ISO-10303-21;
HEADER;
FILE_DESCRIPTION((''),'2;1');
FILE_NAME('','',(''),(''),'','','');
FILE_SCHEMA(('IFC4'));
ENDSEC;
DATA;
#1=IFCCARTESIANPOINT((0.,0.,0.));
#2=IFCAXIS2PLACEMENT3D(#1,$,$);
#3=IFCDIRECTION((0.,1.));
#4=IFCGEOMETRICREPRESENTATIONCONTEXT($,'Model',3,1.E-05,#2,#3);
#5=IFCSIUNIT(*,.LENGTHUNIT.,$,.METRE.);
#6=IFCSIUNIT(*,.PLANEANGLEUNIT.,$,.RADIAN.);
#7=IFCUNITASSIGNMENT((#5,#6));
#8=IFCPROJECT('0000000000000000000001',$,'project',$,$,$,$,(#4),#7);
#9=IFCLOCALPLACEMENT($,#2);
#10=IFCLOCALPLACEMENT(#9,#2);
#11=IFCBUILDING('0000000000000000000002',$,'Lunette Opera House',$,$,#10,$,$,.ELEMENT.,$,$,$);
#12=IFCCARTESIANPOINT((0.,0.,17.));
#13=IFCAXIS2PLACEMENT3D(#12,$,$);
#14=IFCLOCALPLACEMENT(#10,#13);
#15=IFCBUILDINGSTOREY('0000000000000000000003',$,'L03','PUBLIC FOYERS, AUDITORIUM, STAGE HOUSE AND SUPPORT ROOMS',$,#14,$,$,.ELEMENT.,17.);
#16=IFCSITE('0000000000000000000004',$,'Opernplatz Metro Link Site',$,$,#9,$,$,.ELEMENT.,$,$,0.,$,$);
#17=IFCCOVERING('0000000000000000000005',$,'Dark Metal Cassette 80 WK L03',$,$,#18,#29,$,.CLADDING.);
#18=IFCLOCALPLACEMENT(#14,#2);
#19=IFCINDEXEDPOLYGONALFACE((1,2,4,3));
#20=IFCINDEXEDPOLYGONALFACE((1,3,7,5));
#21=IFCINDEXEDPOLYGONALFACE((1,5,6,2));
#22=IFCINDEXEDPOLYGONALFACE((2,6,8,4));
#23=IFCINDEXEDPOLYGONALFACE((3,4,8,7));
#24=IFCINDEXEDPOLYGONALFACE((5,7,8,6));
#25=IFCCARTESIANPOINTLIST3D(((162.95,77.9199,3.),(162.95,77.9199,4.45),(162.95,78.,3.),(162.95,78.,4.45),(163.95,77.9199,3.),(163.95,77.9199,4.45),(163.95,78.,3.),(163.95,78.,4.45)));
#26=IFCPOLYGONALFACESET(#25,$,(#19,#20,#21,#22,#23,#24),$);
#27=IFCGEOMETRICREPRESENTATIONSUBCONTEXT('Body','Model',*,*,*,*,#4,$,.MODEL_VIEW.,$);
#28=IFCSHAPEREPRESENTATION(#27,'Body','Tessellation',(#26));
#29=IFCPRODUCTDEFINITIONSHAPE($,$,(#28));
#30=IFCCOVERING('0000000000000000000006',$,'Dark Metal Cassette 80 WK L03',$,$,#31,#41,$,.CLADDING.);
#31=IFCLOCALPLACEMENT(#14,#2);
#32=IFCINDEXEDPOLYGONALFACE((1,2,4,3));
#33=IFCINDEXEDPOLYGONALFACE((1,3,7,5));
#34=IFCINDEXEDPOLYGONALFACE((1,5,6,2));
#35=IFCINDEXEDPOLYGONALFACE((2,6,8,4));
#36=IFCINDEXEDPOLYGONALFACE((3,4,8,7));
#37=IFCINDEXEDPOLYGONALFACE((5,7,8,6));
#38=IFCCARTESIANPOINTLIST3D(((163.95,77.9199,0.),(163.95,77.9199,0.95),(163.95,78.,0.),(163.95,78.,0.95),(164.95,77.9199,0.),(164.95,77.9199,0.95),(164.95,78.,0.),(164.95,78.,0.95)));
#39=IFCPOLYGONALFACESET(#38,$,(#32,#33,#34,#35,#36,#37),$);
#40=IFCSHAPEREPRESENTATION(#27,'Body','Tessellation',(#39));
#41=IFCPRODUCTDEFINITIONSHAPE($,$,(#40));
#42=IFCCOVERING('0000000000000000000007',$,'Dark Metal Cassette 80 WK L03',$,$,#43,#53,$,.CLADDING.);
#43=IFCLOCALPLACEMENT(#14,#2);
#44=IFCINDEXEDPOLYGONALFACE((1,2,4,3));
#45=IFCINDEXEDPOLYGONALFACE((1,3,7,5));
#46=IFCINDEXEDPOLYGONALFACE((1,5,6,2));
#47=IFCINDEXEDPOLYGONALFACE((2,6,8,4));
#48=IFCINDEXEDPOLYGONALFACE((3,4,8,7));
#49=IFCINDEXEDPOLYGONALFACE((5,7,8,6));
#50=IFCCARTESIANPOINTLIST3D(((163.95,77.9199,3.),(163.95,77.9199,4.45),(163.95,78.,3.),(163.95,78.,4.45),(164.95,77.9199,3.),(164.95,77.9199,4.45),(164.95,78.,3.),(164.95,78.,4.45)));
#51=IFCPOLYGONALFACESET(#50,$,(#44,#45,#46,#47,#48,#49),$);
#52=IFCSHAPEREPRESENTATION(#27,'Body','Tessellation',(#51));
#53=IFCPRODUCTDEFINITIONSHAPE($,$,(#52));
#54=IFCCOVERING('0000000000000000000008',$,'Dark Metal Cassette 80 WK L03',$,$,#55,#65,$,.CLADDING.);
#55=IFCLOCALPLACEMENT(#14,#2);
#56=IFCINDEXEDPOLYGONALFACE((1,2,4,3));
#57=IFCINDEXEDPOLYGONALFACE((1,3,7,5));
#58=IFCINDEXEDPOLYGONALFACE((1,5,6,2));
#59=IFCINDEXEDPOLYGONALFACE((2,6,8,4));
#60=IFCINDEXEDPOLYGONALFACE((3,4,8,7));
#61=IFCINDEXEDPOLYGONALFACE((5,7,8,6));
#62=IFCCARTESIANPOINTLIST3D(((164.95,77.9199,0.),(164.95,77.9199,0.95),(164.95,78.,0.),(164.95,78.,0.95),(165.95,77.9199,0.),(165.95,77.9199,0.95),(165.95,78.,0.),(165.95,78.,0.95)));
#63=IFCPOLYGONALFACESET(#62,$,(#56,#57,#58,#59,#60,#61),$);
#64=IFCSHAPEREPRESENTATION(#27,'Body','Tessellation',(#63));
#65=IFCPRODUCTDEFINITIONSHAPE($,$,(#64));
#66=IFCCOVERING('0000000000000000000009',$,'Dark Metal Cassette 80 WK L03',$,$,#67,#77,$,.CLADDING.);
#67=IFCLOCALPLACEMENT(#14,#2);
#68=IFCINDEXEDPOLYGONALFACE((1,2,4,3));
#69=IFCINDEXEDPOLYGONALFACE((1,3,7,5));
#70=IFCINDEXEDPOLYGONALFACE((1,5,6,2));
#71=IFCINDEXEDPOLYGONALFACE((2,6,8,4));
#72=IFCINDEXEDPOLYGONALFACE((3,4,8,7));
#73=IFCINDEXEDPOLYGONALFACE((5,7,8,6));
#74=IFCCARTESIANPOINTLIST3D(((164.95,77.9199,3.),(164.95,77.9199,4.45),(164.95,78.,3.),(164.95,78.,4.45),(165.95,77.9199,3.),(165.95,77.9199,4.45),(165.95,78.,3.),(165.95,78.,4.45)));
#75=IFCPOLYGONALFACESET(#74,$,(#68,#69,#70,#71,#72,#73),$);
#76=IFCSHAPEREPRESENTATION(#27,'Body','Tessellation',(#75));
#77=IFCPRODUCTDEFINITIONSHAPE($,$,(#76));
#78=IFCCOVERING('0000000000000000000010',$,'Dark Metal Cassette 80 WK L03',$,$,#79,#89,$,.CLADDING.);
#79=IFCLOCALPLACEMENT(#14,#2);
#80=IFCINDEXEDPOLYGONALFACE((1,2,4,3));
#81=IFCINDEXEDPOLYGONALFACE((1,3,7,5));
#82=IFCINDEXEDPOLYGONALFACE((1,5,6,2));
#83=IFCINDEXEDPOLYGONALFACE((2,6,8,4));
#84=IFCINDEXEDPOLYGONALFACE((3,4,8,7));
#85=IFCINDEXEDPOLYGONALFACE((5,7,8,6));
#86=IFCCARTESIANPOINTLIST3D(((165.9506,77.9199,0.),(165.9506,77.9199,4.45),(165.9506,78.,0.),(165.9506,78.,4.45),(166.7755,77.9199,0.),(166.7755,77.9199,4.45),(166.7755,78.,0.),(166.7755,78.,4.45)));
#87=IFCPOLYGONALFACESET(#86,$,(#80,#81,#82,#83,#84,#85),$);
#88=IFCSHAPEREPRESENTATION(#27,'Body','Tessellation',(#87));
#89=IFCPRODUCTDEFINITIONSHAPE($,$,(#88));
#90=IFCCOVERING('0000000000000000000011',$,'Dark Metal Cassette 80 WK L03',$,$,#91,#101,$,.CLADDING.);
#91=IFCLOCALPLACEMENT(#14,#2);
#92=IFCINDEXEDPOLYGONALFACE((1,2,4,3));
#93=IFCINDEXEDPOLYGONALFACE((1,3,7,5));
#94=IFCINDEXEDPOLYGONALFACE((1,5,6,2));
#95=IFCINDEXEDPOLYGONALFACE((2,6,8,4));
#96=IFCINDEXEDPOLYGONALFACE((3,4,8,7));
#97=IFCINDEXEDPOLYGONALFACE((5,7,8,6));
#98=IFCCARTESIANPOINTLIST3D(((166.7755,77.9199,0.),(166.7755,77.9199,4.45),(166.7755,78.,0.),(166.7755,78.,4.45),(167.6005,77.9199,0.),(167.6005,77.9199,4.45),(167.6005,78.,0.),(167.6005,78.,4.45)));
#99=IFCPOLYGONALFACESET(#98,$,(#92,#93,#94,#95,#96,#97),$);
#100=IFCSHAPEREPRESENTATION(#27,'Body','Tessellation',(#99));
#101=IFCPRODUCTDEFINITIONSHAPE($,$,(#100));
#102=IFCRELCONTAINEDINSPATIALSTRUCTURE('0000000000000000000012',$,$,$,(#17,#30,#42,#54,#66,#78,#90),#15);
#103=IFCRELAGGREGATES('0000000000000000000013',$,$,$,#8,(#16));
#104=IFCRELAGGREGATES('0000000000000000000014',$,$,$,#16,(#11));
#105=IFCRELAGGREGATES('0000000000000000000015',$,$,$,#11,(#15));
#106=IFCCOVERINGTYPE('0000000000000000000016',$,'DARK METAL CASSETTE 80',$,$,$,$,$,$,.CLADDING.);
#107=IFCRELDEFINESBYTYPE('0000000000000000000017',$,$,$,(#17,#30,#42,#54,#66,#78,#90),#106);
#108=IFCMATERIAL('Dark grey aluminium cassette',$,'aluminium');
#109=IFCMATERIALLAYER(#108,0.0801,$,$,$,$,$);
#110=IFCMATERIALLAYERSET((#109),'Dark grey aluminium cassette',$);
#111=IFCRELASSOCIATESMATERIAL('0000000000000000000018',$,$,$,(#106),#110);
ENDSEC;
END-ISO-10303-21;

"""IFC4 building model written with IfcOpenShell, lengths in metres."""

from ifc_helpers import new_model, si_unit, direction, frame, origin, origin_2d, place, context, subcontext, project, spatial, rectangle, extrude, material, layer, layer_set, type_object, element, save


model = new_model("IFC4")

# Units and contexts
model_context = context("Model", 3, precision=1e-05, world=origin(), true_north=direction((0.0, 1.0)))
body_context = subcontext(model_context, "Body", "Model", "MODEL_VIEW")
ifc_project = project(units=[si_unit("LENGTHUNIT", "METRE"), si_unit("PLANEANGLEUNIT", "RADIAN")], contexts=[model_context])

# Site, building, storey
site_placement = place(None, origin())
site = spatial("IfcSite", under=ifc_project, at=site_placement, Name="Opernplatz Metro Link Site", CompositionType="ELEMENT", RefElevation=0.0)
building_placement = place(site_placement, origin())
building = spatial("IfcBuilding", under=site, at=building_placement, Name="Lunette Opera House", CompositionType="ELEMENT")
storey_placement = place(building_placement, frame((0.0, 0.0, 17.0)))
storey = spatial("IfcBuildingStorey", under=building, at=storey_placement, Name="L03", Description="PUBLIC FOYERS, AUDITORIUM, STAGE HOUSE AND SUPPORT ROOMS", CompositionType="ELEMENT", Elevation=17.0)

# Coverings
ifc_material_1 = material(Name="Dark grey aluminium cassette", Category="aluminium")
ifc_layer_1 = layer(ifc_material_1, 0.0801)
ifc_layer_set_1 = layer_set([ifc_layer_1], Name="Dark grey aluminium cassette")
covering_type = type_object("IfcCoveringType", Name="DARK METAL CASSETTE 80", PredefinedType="CLADDING", material=ifc_layer_set_1)
covering_1_placement = place(storey_placement, frame((163.45, 77.96, 3.0), z_axis=(0.0, 0.0, 1.0), x_axis=(1.0, 0.0, 0.0)))
element("IfcCovering", 1, at=covering_1_placement, inside=storey, type_object=covering_type, Name="Dark Metal Cassette 80 WK L03", PredefinedType="CLADDING", context=body_context, shape_type="SweptSolid", body=[
    extrude(rectangle(XDim=1.0, YDim=0.0801, at=origin_2d()), origin(), (0.0, 0.0, 1.0), 1.45),
])
covering_2_placement = place(storey_placement, frame((164.45, 77.96, 0.0), z_axis=(0.0, 0.0, 1.0), x_axis=(1.0, 0.0, 0.0)))
element("IfcCovering", 2, at=covering_2_placement, inside=storey, type_object=covering_type, Name="Dark Metal Cassette 80 WK L03", PredefinedType="CLADDING", context=body_context, shape_type="SweptSolid", body=[
    extrude(rectangle(XDim=1.0, YDim=0.0801, at=origin_2d()), origin(), (0.0, 0.0, 1.0), 0.95),
])
covering_3_placement = place(storey_placement, frame((164.45, 77.96, 3.0), z_axis=(0.0, 0.0, 1.0), x_axis=(1.0, 0.0, 0.0)))
element("IfcCovering", 3, at=covering_3_placement, inside=storey, type_object=covering_type, Name="Dark Metal Cassette 80 WK L03", PredefinedType="CLADDING", context=body_context, shape_type="SweptSolid", body=[
    extrude(rectangle(XDim=1.0, YDim=0.0801, at=origin_2d()), origin(), (0.0, 0.0, 1.0), 1.45),
])
covering_4_placement = place(storey_placement, frame((165.45, 77.96, 0.0), z_axis=(0.0, 0.0, 1.0), x_axis=(1.0, 0.0, 0.0)))
element("IfcCovering", 4, at=covering_4_placement, inside=storey, type_object=covering_type, Name="Dark Metal Cassette 80 WK L03", PredefinedType="CLADDING", context=body_context, shape_type="SweptSolid", body=[
    extrude(rectangle(XDim=1.0, YDim=0.0801, at=origin_2d()), origin(), (0.0, 0.0, 1.0), 0.95),
])
covering_5_placement = place(storey_placement, frame((165.45, 77.96, 3.0), z_axis=(0.0, 0.0, 1.0), x_axis=(1.0, 0.0, 0.0)))
element("IfcCovering", 5, at=covering_5_placement, inside=storey, type_object=covering_type, Name="Dark Metal Cassette 80 WK L03", PredefinedType="CLADDING", context=body_context, shape_type="SweptSolid", body=[
    extrude(rectangle(XDim=1.0, YDim=0.0801, at=origin_2d()), origin(), (0.0, 0.0, 1.0), 1.45),
])
for number, where, z_axis, x_axis, name in (
    (6, (166.363, 77.96, 0.0), (0.0, 0.0, 1.0), (1.0, 0.0, 0.0), "Dark Metal Cassette 80 WK L03"),
    (7, (167.188, 77.96, 0.0), (0.0, 0.0, 1.0), (1.0, 0.0, 0.0), "Dark Metal Cassette 80 WK L03"),
):
    element("IfcCovering", number, at=place(storey_placement, frame(where, z_axis=z_axis, x_axis=x_axis)), inside=storey, type_object=covering_type, Name=name, PredefinedType="CLADDING", context=body_context, shape_type="SweptSolid", body=[
        extrude(rectangle(XDim=0.825, YDim=0.0801, at=origin_2d()), origin(), (0.0, 0.0, 1.0), 4.45),
    ])

save(model, "model.ifc")
